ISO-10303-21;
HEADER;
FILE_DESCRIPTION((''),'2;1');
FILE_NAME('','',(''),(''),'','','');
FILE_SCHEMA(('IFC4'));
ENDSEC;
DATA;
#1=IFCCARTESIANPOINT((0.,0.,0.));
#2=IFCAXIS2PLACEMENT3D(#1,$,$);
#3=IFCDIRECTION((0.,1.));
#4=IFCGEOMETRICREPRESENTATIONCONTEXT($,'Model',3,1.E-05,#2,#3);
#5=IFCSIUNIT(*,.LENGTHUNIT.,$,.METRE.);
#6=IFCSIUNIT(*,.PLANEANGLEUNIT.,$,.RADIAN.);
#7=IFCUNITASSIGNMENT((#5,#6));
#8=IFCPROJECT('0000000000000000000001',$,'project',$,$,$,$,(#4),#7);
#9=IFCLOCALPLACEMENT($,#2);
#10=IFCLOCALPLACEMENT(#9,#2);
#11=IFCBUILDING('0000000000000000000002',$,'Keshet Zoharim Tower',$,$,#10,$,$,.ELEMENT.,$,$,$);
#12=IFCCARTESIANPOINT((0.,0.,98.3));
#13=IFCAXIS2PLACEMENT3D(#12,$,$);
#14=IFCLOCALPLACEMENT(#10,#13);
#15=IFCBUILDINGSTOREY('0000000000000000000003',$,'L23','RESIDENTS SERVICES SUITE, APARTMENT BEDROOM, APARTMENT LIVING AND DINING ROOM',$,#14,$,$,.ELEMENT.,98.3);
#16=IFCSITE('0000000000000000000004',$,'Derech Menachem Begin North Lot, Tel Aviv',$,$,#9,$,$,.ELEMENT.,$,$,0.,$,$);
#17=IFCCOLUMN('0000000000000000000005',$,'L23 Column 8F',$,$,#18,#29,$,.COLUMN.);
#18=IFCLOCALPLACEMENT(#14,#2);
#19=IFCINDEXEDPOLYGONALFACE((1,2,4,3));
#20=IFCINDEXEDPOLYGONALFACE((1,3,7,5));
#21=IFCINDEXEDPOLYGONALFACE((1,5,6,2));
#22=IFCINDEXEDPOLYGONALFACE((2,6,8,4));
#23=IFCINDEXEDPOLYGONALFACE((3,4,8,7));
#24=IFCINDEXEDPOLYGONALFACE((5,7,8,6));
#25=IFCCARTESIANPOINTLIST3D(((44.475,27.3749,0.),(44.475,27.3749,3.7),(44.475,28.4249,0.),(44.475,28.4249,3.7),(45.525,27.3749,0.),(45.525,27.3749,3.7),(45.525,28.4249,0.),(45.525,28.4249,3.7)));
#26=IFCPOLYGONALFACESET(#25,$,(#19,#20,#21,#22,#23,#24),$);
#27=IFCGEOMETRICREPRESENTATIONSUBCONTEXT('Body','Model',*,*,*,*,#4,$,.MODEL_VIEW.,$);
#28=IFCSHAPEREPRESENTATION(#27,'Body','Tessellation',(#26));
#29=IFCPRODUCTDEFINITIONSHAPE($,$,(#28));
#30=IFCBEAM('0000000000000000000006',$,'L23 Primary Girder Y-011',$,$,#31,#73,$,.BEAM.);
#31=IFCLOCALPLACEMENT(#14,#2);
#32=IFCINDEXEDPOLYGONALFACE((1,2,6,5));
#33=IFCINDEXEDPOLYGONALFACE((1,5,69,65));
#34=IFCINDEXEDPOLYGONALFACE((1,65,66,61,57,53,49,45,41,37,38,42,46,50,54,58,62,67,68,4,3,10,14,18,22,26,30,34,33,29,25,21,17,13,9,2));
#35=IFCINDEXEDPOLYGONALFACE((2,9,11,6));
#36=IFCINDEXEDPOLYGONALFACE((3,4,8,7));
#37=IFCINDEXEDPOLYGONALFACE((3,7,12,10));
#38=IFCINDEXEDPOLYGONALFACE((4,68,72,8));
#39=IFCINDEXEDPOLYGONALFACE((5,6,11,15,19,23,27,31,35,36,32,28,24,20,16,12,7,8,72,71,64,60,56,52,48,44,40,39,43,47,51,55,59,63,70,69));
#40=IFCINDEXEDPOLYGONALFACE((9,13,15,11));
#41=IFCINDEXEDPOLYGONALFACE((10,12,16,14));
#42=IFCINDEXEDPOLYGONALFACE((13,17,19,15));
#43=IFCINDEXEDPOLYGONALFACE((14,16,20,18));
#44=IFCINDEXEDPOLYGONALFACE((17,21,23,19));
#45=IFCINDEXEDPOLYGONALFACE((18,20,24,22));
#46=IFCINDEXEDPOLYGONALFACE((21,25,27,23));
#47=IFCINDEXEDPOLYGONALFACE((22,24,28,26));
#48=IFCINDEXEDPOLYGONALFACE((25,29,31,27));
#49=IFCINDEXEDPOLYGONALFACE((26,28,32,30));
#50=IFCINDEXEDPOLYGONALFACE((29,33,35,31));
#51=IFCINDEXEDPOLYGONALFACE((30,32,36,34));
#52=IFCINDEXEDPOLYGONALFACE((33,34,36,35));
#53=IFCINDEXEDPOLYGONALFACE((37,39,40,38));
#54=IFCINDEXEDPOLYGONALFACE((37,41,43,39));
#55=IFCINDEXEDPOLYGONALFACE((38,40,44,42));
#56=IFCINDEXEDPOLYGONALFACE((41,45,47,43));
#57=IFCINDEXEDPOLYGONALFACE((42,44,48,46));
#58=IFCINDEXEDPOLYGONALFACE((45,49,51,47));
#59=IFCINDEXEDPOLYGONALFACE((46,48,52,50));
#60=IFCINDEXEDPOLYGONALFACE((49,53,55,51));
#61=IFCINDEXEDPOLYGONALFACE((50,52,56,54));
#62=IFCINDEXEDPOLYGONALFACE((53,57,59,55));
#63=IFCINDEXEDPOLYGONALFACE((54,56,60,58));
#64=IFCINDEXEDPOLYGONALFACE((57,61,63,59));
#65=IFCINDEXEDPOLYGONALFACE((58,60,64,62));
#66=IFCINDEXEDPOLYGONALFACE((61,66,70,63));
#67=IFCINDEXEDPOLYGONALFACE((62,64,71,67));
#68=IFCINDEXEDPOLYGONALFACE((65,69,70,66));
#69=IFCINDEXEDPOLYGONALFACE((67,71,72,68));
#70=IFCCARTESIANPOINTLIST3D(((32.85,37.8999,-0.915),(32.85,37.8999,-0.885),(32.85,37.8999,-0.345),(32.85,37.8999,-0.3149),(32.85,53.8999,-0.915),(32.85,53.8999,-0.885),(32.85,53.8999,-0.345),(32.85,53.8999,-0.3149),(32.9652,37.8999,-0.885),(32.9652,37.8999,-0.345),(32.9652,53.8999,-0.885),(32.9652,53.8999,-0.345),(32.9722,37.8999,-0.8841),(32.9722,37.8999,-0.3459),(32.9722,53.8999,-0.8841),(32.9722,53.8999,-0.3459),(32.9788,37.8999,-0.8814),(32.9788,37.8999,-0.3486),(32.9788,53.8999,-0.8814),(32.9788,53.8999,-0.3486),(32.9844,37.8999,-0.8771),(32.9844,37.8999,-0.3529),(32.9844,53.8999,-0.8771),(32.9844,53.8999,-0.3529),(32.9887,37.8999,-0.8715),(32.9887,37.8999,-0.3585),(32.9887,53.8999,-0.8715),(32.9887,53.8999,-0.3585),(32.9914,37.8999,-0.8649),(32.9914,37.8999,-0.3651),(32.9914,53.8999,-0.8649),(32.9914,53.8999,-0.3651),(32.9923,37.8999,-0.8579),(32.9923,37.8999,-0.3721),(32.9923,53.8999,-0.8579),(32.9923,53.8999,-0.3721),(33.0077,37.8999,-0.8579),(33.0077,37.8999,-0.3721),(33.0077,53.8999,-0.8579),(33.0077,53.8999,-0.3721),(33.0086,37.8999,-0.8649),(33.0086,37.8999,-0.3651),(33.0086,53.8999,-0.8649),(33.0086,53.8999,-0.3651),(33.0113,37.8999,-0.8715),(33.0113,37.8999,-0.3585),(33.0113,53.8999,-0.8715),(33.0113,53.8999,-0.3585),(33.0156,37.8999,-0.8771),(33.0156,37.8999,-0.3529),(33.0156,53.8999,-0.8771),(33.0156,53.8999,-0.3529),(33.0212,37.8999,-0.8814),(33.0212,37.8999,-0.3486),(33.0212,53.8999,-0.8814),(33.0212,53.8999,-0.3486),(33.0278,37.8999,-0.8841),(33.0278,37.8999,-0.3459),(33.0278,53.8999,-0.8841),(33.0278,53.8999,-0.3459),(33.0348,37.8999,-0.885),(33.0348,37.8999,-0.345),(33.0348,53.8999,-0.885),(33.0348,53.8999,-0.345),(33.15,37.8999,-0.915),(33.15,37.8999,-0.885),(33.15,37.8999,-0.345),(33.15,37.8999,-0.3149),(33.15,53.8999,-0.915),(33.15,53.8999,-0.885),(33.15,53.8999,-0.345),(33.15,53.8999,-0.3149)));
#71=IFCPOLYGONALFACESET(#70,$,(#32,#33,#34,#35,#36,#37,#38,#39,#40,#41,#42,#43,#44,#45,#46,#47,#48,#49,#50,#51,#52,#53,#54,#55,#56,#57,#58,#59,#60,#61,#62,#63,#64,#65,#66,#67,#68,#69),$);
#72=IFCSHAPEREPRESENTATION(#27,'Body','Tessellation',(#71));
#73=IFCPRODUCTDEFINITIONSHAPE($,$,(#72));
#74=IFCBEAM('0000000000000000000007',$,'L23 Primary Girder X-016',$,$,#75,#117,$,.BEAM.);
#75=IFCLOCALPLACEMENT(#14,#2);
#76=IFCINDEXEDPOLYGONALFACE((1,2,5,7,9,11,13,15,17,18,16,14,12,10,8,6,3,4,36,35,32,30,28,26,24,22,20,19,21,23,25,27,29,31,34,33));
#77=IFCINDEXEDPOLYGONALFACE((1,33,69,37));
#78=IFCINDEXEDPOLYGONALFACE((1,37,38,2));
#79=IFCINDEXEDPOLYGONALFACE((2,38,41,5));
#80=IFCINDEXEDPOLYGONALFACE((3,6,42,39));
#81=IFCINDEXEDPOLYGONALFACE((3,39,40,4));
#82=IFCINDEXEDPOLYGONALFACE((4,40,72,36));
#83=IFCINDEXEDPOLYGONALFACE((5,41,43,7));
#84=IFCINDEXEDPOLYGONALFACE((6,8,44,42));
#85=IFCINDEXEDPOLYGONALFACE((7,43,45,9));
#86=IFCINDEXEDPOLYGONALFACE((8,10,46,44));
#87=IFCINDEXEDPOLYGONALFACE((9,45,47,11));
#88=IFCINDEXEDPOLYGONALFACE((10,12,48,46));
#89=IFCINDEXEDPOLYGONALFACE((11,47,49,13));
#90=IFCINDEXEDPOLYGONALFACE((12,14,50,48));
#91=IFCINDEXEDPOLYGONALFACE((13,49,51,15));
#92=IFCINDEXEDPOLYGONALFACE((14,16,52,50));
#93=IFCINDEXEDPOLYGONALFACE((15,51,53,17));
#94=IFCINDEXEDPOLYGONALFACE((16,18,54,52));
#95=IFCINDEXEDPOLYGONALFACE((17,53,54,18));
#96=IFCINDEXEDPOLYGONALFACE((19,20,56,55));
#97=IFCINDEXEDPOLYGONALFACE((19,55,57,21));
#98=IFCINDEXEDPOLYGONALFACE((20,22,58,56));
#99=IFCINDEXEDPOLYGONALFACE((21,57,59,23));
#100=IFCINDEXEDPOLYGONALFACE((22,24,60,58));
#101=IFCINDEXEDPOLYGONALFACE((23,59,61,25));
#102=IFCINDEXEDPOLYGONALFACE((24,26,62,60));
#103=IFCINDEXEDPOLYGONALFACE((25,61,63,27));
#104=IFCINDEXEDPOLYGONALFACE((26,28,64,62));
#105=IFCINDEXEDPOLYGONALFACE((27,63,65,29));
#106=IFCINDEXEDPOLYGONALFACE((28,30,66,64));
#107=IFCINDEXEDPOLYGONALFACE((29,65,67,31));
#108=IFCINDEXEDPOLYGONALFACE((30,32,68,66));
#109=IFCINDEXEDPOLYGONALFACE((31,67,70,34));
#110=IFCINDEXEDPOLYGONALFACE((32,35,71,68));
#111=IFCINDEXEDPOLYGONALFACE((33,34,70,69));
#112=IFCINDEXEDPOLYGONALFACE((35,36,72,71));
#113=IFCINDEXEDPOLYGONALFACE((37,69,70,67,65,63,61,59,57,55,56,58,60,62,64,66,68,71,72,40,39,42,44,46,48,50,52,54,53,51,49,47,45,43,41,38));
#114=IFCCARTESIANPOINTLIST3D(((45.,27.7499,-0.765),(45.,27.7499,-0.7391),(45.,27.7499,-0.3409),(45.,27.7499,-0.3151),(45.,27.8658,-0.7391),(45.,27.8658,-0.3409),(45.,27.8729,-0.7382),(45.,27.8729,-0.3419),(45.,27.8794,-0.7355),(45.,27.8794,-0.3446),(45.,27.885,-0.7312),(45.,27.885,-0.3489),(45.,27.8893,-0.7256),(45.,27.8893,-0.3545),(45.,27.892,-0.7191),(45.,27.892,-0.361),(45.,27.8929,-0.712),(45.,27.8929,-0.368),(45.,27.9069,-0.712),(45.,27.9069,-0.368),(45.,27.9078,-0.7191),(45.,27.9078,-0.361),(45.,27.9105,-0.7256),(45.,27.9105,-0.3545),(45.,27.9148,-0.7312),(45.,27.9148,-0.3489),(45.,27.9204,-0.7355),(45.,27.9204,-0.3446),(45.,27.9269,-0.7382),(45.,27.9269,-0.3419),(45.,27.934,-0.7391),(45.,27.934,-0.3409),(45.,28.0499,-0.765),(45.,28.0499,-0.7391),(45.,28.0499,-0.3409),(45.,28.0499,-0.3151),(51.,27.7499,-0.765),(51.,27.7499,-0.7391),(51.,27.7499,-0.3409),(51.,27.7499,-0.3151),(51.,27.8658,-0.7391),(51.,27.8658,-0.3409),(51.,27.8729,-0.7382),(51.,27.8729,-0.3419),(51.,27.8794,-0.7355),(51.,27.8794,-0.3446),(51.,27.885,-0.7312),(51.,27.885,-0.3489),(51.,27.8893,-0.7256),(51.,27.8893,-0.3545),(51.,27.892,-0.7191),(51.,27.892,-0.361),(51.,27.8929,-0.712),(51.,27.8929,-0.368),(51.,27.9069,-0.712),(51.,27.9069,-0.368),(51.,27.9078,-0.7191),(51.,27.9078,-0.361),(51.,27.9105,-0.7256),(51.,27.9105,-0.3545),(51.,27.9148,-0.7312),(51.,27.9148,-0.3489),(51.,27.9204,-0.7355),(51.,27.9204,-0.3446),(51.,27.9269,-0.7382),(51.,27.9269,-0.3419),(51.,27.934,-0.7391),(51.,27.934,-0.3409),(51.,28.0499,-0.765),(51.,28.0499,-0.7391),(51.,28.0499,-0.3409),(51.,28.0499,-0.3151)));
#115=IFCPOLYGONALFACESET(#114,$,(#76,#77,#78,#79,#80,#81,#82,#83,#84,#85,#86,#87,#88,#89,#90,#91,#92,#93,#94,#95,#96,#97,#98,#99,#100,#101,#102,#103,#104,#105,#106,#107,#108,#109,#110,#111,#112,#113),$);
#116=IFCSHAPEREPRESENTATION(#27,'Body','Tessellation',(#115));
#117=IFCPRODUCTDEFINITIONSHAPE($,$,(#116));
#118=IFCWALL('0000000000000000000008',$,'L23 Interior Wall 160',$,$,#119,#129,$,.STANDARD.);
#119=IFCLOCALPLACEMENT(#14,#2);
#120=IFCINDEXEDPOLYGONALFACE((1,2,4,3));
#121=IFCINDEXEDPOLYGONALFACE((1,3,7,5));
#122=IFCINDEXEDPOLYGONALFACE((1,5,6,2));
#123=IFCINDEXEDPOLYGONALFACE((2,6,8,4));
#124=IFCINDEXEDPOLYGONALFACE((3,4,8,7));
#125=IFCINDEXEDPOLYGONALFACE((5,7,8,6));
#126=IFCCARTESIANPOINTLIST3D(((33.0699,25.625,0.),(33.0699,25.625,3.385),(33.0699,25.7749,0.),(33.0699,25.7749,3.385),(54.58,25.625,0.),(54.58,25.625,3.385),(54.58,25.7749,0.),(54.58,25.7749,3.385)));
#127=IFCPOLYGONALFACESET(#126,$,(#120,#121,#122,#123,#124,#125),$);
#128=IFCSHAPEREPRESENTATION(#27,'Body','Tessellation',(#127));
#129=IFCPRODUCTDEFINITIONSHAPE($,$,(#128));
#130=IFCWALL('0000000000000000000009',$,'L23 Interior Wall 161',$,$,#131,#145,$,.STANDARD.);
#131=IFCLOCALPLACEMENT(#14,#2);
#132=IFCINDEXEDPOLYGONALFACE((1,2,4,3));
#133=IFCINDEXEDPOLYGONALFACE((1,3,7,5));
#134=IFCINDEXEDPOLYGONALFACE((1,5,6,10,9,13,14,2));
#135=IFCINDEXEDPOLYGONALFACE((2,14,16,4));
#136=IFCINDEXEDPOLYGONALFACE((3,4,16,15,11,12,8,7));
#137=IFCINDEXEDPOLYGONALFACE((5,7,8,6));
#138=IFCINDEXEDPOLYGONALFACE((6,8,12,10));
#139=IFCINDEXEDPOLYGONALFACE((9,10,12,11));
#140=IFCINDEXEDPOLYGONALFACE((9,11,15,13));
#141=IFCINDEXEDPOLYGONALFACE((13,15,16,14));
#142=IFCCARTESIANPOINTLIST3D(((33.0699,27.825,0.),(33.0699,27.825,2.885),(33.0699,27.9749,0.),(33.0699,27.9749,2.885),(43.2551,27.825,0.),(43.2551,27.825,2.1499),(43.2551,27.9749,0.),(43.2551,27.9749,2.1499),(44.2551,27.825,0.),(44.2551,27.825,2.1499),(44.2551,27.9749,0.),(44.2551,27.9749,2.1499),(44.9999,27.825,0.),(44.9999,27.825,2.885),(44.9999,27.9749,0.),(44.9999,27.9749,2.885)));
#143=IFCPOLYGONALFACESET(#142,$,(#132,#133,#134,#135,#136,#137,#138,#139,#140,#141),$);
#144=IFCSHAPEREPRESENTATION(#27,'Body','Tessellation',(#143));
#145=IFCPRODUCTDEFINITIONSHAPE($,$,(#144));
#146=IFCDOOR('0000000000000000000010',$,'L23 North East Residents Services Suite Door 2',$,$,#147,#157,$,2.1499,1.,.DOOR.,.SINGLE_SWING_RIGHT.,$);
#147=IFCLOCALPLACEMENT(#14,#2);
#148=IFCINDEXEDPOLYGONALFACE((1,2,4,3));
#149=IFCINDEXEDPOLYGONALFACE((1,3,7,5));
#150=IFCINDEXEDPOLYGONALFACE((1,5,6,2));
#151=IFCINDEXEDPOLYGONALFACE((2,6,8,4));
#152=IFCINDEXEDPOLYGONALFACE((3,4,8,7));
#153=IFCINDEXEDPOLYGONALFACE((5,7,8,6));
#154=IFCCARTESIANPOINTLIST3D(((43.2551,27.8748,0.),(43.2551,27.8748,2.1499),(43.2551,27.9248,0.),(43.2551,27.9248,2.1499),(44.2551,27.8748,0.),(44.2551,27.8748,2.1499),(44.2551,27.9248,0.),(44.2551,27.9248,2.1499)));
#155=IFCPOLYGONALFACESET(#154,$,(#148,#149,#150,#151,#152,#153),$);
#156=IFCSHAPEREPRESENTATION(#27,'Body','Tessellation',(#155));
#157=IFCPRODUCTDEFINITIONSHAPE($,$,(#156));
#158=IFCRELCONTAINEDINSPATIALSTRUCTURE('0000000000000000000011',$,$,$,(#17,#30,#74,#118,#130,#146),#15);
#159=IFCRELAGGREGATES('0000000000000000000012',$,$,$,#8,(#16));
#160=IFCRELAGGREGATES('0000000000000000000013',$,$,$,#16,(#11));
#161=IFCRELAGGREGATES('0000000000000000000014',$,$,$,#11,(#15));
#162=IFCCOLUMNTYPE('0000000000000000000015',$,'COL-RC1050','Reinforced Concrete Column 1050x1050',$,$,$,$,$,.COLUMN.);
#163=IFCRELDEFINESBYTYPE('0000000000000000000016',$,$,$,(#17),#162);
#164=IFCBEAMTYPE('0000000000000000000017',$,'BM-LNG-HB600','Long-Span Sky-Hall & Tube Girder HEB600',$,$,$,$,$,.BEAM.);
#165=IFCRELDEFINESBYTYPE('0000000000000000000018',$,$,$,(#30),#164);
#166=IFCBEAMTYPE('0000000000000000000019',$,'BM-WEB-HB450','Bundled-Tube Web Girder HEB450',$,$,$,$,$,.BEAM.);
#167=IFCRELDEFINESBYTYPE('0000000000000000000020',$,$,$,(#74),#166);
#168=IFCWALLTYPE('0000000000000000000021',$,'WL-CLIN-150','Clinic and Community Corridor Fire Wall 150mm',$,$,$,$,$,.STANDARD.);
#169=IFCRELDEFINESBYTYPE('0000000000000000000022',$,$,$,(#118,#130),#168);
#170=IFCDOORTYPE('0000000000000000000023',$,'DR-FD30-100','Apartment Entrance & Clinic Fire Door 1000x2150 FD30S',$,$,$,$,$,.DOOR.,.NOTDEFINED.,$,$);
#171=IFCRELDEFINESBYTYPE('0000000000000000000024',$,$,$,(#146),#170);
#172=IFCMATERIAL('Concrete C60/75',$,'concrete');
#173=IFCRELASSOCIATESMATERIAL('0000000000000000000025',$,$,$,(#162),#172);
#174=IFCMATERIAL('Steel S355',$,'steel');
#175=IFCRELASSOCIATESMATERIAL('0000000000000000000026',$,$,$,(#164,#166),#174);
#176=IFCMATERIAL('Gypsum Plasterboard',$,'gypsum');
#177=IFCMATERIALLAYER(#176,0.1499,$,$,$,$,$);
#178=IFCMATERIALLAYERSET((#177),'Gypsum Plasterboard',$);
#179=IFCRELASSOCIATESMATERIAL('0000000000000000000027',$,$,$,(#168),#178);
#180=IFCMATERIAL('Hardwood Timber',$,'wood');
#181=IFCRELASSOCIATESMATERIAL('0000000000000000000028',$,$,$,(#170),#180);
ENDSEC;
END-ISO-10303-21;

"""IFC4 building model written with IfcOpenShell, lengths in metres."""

from ifc_helpers import new_model, si_unit, direction, frame, frame_2d, origin, origin_2d, place, context, subcontext, project, spatial, rectangle, i_section, extrude, material, layer, layer_set, material_profile, profile_set, type_object, element, fill, save


model = new_model("IFC4")

# Units and contexts
model_context = context("Model", 3, precision=1e-05, world=origin(), true_north=direction((0.0, 1.0)))
body_context = subcontext(model_context, "Body", "Model", "MODEL_VIEW")
ifc_project = project(units=[si_unit("LENGTHUNIT", "METRE"), si_unit("PLANEANGLEUNIT", "RADIAN")], contexts=[model_context])

# Site, building, storey
site_placement = place(None, origin())
site = spatial("IfcSite", under=ifc_project, at=site_placement, Name="Derech Menachem Begin North Lot, Tel Aviv", CompositionType="ELEMENT", RefElevation=0.0)
building_placement = place(site_placement, origin())
building = spatial("IfcBuilding", under=site, at=building_placement, Name="Keshet Zoharim Tower", CompositionType="ELEMENT")
storey_placement = place(building_placement, frame((0.0, 0.0, 98.3)))
storey = spatial("IfcBuildingStorey", under=building, at=storey_placement, Name="L23", Description="RESIDENTS SERVICES SUITE, APARTMENT BEDROOM, APARTMENT LIVING AND DINING ROOM", CompositionType="ELEMENT", Elevation=98.3)

# Column
ifc_material_1 = material(Name="Concrete C60/75", Category="concrete")
ifc_material_profile_1 = material_profile(ifc_material_1, rectangle(XDim=1.05, YDim=1.05, at=origin_2d()), Name="RC1050x1050")
ifc_profile_set_1 = profile_set([ifc_material_profile_1], Name="Concrete C60/75")
column_type = type_object("IfcColumnType", Name="COL-RC1050", Description="Reinforced Concrete Column 1050x1050", PredefinedType="COLUMN", material=ifc_profile_set_1)
column_placement = place(storey_placement, frame((45.0, 27.8999, 0.0), z_axis=(0.0, 0.0, 1.0), x_axis=(1.0, 0.0, 0.0)))
element("IfcColumn", 1, at=column_placement, inside=storey, type_object=column_type, Name="L23 Column 8F", PredefinedType="COLUMN", context=body_context, shape_type="SweptSolid", body=[
    extrude(rectangle(XDim=1.05, YDim=1.05, at=origin_2d()), origin(), (0.0, 0.0, 1.0), 3.7),
])

# Beams
ifc_material_2 = material(Name="Steel S355", Category="steel")
ifc_material_profile_2 = material_profile(ifc_material_2, i_section(OverallWidth=0.3, OverallDepth=0.6001, WebThickness=0.0154, FlangeThickness=0.03, FilletRadius=0.0271, at=origin_2d()), Name="HEB600")
ifc_profile_set_2 = profile_set([ifc_material_profile_2], Name="Steel S355")
beam_type_1 = type_object("IfcBeamType", Name="BM-LNG-HB600", Description="Long-Span Sky-Hall & Tube Girder HEB600", PredefinedType="BEAM", material=ifc_profile_set_2)
beam_1_placement = place(storey_placement, frame((33.0, 37.8999, -0.615), z_axis=(0.0, 1.0, 0.0), x_axis=(-1.0, 0.0, 0.0)))
element("IfcBeam", 2, at=beam_1_placement, inside=storey, type_object=beam_type_1, Name="L23 Primary Girder Y-011", PredefinedType="BEAM", context=body_context, shape_type="SweptSolid", body=[
    extrude(i_section(OverallWidth=0.3, OverallDepth=0.6001, WebThickness=0.0154, FlangeThickness=0.03, FilletRadius=0.0271, at=origin_2d()), origin(), (0.0, 0.0, 1.0), 16.0),
])
ifc_material_profile_3 = material_profile(ifc_material_2, i_section(OverallWidth=0.3, OverallDepth=0.45, WebThickness=0.0139, FlangeThickness=0.0259, FilletRadius=0.0271, at=origin_2d()), Name="HEB450")
ifc_profile_set_3 = profile_set([ifc_material_profile_3], Name="Steel S355")
beam_type_2 = type_object("IfcBeamType", Name="BM-WEB-HB450", Description="Bundled-Tube Web Girder HEB450", PredefinedType="BEAM", material=ifc_profile_set_3)
beam_2_placement = place(storey_placement, frame((45.0, 27.8999, -0.54), z_axis=(1.0, 0.0, 0.0), x_axis=(0.0, 1.0, 0.0)))
element("IfcBeam", 3, at=beam_2_placement, inside=storey, type_object=beam_type_2, Name="L23 Primary Girder X-016", PredefinedType="BEAM", context=body_context, shape_type="SweptSolid", body=[
    extrude(i_section(OverallWidth=0.3, OverallDepth=0.45, WebThickness=0.0139, FlangeThickness=0.0259, FilletRadius=0.0271, at=origin_2d()), origin(), (0.0, 0.0, 1.0), 6.0),
])

# Wall
ifc_material_3 = material(Name="Gypsum Plasterboard", Category="gypsum")
ifc_layer_1 = layer(ifc_material_3, 0.1499)
ifc_layer_set_1 = layer_set([ifc_layer_1], Name="Gypsum Plasterboard")
wall_type_1 = type_object("IfcWallType", Name="WL-CLIN-150", Description="Clinic and Community Corridor Fire Wall 150mm", PredefinedType="STANDARD", material=ifc_layer_set_1)
wall_1_placement = place(storey_placement, frame((33.0701, 25.7, 0.0), z_axis=(0.0, 0.0, 1.0), x_axis=(1.0, 0.0, 0.0)))
element("IfcWall", 4, at=wall_1_placement, inside=storey, type_object=wall_type_1, Name="L23 Interior Wall 160", PredefinedType="STANDARD", context=body_context, shape_type="SweptSolid", body=[
    extrude(rectangle(XDim=21.51, YDim=0.1499, at=frame_2d((10.7549, 0.0))), origin(), (0.0, 0.0, 1.0), 3.385),
])

# Wall, opening, door
wall_2_placement = place(storey_placement, frame((33.0701, 27.8999, 0.0), z_axis=(0.0, 0.0, 1.0), x_axis=(1.0, 0.0, 0.0)))
wall_2 = element("IfcWall", 5, at=wall_2_placement, inside=storey, type_object=wall_type_1, Name="L23 Interior Wall 161", PredefinedType="STANDARD", context=body_context, shape_type="SweptSolid", body=[
    extrude(rectangle(XDim=11.9299, YDim=0.1499, at=frame_2d((5.9648, 0.0))), origin(), (0.0, 0.0, 1.0), 2.885),
])
opening_1_placement = place(wall_2_placement, frame((10.1851, 0.0, 0.0)))
opening_1 = element("IfcOpeningElement", 6, at=opening_1_placement, cuts=wall_2, PredefinedType="OPENING", context=body_context, shape_type="SweptSolid", body=[
    extrude(rectangle(XDim=1.0, YDim=2.1499, at=frame_2d((0.5, 1.075))), frame((0.0, 0.085, 0.0), z_axis=(0.0, -1.0, 0.0), x_axis=(1.0, 0.0, 0.0)), (0.0, 0.0, 1.0), 0.1699),
])
ifc_material_4 = material(Name="Hardwood Timber", Category="wood")
door_type = type_object("IfcDoorType", Name="DR-FD30-100", Description="Apartment Entrance & Clinic Fire Door 1000x2150 FD30S", OperationType="NOTDEFINED", PredefinedType="DOOR", material=ifc_material_4)
door_1_placement = place(opening_1_placement, origin())
door_1 = element("IfcDoor", 7, at=door_1_placement, inside=storey, type_object=door_type, Name="L23 North East Residents Services Suite Door 2", OperationType="SINGLE_SWING_RIGHT", OverallHeight=2.1499, OverallWidth=1.0, PredefinedType="DOOR", context=body_context, shape_type="SweptSolid", body=[
    extrude(rectangle(XDim=1.0, YDim=2.1499, at=frame_2d((0.5, 1.075))), frame((0.0, 0.0249, 0.0), z_axis=(0.0, -1.0, 0.0), x_axis=(1.0, 0.0, 0.0)), (0.0, 0.0, 1.0), 0.05),
])
fill(opening_1, door_1)

save(model, "model.ifc")
